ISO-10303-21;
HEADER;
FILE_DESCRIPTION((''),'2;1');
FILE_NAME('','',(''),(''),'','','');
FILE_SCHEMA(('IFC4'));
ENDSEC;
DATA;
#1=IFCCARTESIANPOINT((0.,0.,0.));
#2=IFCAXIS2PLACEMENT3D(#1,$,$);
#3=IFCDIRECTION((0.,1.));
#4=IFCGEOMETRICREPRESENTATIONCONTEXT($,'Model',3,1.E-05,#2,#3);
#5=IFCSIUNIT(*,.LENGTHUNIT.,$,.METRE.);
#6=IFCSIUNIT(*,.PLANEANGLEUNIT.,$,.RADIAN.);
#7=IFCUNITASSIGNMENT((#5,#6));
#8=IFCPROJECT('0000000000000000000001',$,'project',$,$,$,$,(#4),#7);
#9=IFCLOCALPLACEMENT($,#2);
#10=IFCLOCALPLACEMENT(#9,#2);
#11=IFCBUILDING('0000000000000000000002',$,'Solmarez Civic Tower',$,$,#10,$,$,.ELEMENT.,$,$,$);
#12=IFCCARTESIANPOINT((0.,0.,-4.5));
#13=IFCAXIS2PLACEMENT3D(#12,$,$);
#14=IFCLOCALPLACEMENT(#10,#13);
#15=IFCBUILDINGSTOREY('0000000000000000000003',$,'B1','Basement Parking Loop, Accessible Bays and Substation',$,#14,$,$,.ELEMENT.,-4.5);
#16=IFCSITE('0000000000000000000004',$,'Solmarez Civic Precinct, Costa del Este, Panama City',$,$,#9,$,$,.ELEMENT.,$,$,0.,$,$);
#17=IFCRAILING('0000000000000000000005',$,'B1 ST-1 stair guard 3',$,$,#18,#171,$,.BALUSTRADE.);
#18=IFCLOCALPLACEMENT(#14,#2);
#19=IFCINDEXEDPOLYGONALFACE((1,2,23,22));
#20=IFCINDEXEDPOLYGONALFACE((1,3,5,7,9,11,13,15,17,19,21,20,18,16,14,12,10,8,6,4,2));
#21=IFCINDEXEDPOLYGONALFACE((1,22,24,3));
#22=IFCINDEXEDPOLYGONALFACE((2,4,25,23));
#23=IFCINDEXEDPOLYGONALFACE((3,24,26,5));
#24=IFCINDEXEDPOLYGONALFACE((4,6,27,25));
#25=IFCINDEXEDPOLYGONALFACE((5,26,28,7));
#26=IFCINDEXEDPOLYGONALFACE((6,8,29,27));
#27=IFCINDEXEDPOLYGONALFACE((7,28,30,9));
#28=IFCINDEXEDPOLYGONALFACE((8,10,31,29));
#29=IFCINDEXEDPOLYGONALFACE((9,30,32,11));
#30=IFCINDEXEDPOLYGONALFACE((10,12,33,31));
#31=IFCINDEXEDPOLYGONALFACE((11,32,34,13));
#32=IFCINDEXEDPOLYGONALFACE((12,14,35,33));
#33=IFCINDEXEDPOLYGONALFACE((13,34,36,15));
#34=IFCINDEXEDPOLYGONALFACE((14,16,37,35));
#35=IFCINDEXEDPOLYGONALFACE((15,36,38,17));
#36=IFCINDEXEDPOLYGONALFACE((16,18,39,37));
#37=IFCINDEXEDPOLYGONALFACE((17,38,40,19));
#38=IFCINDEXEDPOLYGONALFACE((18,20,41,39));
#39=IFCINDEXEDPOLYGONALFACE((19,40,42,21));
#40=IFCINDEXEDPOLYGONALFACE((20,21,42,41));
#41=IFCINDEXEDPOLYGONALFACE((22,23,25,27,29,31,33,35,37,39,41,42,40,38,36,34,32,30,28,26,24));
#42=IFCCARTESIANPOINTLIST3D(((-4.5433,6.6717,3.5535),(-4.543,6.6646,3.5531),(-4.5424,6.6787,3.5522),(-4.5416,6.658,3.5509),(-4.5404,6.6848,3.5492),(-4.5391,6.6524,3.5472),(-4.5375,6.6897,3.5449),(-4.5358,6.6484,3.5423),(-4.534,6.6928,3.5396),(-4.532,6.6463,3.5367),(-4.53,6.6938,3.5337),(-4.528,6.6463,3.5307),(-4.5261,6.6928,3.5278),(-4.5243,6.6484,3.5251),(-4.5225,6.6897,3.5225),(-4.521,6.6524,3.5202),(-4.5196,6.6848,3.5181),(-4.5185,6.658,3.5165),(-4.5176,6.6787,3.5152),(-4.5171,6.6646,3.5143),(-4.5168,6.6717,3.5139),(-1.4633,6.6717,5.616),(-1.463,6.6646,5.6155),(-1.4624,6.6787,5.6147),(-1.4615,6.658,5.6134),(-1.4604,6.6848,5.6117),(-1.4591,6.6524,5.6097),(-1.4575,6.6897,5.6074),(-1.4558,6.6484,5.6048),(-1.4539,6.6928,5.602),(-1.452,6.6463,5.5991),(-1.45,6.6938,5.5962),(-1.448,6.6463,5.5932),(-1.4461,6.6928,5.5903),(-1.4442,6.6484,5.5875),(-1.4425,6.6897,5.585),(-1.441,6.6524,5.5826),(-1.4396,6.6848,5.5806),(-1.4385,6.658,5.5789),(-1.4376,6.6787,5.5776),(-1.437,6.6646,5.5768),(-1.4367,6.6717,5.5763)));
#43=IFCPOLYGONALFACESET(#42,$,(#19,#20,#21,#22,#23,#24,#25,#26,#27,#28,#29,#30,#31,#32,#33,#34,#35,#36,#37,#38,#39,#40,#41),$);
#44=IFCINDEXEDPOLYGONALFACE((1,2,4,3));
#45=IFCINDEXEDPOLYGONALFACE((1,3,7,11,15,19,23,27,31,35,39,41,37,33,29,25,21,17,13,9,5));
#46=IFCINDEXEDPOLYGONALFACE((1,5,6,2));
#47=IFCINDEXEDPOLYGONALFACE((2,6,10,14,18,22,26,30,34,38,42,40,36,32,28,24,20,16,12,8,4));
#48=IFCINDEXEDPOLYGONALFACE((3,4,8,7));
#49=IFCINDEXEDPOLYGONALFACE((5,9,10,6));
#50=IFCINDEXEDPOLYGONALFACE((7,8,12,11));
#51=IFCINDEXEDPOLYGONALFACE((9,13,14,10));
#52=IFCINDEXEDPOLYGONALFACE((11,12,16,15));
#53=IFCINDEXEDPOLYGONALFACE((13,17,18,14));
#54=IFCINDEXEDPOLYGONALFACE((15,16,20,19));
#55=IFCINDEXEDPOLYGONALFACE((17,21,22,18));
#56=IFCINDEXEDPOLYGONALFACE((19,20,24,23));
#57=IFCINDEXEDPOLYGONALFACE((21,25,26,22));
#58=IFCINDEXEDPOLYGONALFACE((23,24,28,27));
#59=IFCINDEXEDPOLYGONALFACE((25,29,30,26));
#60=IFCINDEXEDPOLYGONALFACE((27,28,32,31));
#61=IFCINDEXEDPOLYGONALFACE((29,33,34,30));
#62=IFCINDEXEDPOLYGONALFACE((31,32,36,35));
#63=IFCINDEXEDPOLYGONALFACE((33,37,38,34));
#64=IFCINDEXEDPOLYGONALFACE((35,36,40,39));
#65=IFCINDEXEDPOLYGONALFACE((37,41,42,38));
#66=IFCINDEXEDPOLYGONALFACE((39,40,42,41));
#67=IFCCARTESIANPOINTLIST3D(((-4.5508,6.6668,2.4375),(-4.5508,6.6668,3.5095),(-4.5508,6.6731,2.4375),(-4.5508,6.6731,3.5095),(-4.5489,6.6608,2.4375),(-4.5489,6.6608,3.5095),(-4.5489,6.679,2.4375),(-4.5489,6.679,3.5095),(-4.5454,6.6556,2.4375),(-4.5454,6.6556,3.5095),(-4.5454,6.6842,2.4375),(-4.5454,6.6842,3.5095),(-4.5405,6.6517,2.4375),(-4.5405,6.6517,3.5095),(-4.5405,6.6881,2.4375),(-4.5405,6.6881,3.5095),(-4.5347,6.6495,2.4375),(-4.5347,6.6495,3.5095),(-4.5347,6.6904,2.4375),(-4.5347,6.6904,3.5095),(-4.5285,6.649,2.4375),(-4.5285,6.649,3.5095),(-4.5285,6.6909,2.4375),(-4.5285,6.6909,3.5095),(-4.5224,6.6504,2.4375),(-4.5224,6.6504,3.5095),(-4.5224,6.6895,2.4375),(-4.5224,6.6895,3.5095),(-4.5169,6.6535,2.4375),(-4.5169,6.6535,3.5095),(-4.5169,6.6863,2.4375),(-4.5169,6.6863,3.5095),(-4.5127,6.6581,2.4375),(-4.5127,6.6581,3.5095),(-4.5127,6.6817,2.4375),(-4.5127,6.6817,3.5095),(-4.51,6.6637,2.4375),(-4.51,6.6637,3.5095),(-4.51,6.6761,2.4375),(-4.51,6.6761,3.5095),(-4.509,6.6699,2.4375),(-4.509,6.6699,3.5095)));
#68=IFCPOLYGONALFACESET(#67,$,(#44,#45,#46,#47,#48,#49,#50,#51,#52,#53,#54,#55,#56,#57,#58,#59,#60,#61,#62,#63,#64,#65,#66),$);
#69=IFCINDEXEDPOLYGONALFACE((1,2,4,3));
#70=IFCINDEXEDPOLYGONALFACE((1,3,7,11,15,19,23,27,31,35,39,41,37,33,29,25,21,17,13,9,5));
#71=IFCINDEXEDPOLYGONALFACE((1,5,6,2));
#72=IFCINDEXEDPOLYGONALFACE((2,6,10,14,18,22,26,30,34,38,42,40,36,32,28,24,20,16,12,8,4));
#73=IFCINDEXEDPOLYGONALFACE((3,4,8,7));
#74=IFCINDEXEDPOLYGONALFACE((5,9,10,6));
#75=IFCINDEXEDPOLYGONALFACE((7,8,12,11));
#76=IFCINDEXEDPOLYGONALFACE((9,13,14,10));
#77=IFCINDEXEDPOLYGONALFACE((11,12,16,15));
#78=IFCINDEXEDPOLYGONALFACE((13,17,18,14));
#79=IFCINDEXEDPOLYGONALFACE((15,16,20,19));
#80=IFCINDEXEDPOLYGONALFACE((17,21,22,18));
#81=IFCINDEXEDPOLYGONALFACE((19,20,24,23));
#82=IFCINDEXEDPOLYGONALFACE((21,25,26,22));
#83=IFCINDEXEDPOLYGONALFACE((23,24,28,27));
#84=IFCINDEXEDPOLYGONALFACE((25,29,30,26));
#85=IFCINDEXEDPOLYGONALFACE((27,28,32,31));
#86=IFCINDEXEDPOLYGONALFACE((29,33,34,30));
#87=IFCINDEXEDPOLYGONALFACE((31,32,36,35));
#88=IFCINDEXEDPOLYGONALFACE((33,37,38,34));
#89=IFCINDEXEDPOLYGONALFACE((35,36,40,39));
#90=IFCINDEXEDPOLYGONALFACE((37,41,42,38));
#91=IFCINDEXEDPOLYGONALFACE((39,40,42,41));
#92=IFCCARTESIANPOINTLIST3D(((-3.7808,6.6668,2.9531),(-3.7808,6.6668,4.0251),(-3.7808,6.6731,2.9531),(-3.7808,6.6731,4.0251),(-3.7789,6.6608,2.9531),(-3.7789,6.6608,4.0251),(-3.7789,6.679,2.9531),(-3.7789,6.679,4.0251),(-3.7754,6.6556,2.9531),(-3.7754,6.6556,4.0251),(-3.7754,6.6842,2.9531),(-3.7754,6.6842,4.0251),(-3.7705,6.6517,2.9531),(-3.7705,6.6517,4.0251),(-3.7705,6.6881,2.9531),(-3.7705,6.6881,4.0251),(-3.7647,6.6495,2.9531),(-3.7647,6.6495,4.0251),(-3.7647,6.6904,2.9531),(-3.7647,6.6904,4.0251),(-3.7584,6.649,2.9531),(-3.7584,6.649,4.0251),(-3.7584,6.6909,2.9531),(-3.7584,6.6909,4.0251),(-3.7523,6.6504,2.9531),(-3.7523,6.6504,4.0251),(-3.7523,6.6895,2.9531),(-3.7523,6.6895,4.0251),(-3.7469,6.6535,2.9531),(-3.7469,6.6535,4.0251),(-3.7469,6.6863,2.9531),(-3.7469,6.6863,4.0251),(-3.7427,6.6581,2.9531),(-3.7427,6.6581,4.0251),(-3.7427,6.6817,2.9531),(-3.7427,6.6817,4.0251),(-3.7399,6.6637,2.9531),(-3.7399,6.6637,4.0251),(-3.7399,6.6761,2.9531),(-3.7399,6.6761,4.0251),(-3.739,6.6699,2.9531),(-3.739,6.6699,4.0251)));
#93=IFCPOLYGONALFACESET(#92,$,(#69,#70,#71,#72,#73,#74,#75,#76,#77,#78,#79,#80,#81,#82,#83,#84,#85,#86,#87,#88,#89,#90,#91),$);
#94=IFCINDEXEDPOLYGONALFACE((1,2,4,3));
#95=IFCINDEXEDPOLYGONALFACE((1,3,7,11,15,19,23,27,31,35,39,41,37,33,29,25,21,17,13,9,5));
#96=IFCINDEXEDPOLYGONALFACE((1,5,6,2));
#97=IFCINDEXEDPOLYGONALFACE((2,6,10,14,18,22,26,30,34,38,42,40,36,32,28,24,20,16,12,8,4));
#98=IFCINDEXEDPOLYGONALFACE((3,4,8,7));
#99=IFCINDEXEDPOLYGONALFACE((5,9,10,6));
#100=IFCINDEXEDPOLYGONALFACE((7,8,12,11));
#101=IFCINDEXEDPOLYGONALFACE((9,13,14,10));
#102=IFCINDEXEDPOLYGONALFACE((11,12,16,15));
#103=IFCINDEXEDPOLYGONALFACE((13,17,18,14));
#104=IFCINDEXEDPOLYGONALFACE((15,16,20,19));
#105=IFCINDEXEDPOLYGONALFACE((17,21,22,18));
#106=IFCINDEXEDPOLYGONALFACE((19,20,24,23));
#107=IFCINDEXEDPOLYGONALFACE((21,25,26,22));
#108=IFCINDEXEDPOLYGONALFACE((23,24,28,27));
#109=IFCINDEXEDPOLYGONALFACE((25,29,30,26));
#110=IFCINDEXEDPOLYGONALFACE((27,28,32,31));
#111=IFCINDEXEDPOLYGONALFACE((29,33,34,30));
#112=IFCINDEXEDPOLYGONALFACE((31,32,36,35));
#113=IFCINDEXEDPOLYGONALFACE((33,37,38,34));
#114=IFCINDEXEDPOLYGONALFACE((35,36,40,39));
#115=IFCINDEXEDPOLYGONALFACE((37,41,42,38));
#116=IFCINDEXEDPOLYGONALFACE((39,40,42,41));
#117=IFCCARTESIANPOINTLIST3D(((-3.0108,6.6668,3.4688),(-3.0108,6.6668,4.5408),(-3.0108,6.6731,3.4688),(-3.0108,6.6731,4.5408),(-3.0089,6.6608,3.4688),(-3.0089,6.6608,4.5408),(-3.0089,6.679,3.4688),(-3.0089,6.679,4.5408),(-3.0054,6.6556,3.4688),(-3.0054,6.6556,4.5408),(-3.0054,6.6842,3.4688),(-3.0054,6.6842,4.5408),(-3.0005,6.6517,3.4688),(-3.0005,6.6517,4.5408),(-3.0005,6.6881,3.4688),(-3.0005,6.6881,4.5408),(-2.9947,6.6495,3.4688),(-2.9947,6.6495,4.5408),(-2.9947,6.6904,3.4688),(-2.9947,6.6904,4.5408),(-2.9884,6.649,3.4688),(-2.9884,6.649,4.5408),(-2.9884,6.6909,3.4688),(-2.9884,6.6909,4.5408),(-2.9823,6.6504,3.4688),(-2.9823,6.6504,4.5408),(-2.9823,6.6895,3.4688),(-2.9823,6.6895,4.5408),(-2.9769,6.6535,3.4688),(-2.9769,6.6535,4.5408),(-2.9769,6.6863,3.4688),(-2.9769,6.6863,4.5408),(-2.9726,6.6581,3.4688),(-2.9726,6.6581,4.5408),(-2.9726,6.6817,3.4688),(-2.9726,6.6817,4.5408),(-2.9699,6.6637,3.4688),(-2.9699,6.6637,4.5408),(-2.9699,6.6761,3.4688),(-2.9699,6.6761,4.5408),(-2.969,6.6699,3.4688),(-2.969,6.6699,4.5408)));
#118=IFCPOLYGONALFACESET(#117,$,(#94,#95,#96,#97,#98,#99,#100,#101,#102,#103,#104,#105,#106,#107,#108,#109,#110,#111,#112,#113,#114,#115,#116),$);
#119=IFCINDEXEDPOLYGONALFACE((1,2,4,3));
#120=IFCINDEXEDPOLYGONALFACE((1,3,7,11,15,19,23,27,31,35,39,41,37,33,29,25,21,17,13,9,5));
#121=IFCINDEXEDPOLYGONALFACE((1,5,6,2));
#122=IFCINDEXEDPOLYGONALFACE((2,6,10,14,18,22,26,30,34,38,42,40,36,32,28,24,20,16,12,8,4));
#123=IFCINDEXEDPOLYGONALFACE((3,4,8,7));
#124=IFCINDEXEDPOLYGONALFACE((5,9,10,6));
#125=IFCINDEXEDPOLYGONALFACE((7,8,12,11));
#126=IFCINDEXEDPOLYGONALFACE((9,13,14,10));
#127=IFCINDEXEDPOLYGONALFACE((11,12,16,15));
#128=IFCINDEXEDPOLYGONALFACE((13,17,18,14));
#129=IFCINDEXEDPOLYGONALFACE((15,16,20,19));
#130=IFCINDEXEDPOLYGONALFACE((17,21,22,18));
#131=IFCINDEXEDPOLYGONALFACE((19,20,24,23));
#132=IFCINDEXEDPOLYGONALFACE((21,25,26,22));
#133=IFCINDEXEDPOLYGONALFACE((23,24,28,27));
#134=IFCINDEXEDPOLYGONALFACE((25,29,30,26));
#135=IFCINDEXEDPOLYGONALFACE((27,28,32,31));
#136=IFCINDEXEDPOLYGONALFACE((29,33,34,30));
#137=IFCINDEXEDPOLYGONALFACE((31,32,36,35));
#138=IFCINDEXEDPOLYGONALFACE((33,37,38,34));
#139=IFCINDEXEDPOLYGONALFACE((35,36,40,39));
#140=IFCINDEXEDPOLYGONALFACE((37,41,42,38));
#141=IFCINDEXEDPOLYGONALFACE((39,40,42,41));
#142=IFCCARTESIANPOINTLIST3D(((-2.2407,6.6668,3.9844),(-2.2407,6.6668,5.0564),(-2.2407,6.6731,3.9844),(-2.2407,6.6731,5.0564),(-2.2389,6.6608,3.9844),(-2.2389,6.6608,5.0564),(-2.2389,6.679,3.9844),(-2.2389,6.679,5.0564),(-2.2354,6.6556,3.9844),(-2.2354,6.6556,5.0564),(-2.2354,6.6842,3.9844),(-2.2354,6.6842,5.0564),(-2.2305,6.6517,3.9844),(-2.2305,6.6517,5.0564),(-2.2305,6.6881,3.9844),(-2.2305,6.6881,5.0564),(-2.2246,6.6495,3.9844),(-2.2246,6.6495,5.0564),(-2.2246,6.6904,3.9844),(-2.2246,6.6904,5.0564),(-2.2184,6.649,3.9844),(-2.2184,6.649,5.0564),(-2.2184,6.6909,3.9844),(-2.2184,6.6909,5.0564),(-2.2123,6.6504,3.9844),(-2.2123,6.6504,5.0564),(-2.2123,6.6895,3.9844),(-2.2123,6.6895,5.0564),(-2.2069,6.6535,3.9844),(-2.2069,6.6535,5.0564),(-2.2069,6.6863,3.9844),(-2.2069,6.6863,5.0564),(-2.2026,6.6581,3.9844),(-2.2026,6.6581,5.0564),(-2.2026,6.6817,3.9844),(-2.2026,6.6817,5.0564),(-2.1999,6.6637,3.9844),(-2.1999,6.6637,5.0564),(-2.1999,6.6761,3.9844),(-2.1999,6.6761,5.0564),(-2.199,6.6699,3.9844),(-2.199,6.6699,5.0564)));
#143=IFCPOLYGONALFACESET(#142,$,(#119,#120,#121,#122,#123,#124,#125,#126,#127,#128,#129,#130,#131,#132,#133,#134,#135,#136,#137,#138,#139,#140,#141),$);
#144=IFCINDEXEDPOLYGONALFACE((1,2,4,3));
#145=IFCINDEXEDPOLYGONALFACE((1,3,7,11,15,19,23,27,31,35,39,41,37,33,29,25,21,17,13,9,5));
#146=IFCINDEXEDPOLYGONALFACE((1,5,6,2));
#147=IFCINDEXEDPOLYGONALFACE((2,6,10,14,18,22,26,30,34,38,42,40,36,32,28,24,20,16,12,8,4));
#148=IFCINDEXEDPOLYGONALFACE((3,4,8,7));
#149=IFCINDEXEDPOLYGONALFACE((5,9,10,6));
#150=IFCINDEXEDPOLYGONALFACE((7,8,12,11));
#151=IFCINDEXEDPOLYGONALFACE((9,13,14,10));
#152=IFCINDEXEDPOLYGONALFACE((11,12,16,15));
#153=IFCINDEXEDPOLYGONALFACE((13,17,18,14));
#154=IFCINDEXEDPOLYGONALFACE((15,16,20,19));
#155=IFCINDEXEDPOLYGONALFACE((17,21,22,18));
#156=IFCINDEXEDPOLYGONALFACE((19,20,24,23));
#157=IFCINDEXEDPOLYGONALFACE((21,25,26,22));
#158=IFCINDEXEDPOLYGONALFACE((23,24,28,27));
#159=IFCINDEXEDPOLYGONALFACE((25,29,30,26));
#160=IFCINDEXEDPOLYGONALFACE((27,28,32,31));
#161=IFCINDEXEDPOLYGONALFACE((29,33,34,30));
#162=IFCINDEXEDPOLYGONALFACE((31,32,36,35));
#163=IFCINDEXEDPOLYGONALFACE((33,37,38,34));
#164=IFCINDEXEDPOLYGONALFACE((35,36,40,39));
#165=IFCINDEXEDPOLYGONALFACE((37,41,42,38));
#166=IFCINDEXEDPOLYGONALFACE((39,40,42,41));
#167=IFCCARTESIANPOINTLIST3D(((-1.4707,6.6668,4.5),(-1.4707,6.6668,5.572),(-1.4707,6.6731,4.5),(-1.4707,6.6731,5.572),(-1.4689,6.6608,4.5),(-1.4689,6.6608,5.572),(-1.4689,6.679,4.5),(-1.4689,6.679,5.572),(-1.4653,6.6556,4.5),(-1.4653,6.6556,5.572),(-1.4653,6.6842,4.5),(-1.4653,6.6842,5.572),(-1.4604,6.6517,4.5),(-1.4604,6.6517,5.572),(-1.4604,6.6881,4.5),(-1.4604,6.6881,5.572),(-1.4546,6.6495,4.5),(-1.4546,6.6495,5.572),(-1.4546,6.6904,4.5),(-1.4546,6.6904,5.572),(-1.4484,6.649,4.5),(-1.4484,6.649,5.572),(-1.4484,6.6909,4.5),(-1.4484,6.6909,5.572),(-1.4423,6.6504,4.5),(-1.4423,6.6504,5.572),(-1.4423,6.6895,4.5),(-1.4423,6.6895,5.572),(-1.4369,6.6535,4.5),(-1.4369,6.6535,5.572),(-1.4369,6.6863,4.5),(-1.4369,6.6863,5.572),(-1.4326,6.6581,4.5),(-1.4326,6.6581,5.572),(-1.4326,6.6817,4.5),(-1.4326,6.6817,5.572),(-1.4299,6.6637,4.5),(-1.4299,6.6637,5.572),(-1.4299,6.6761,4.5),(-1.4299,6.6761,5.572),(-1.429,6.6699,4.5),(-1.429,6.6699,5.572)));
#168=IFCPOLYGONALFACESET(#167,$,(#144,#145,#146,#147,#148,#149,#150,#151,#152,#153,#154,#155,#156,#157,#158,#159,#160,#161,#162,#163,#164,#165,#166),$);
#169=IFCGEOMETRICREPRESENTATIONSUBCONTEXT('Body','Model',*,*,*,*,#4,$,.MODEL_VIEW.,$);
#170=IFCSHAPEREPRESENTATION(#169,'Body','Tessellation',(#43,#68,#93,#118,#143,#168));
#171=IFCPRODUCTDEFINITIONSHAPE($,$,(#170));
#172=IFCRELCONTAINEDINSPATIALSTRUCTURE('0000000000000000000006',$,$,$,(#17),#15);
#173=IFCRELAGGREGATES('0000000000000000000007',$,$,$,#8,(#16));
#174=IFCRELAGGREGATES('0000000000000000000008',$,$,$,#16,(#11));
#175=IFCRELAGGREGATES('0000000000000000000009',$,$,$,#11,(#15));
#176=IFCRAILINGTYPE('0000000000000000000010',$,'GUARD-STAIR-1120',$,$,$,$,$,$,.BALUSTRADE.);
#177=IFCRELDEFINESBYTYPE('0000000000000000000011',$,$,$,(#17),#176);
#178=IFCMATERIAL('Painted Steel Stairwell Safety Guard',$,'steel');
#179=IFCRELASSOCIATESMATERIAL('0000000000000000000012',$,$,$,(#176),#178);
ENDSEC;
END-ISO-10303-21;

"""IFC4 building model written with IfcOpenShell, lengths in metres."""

from ifc_helpers import new_model, si_unit, direction, frame, origin, origin_2d, place, context, subcontext, project, spatial, circle, extrude, material, type_object, element, save


model = new_model("IFC4")

# Units and contexts
model_context = context("Model", 3, precision=1e-05, world=origin(), true_north=direction((0.0, 1.0)))
body_context = subcontext(model_context, "Body", "Model", "MODEL_VIEW")
ifc_project = project(units=[si_unit("LENGTHUNIT", "METRE"), si_unit("PLANEANGLEUNIT", "RADIAN")], contexts=[model_context])

# Site, building, storey
site_placement = place(None, origin())
site = spatial("IfcSite", under=ifc_project, at=site_placement, Name="Solmarez Civic Precinct, Costa del Este, Panama City", CompositionType="ELEMENT", RefElevation=0.0)
building_placement = place(site_placement, origin())
building = spatial("IfcBuilding", under=site, at=building_placement, Name="Solmarez Civic Tower", CompositionType="ELEMENT")
storey_placement = place(building_placement, frame((0.0, 0.0, -4.5)))
storey = spatial("IfcBuildingStorey", under=building, at=storey_placement, Name="B1", Description="Basement Parking Loop, Accessible Bays and Substation", CompositionType="ELEMENT", Elevation=-4.5)

# Railing
ifc_material_1 = material(Name="Painted Steel Stairwell Safety Guard", Category="steel")
railing_type_1 = type_object("IfcRailingType", Name="GUARD-STAIR-1120", PredefinedType="BALUSTRADE", material=ifc_material_1)
railing_1_placement = place(storey_placement, frame((-4.53, 6.6699, 2.4375)))
element("IfcRailing", 1, at=railing_1_placement, inside=storey, type_object=railing_type_1, Name="B1 ST-1 stair guard 3", PredefinedType="BALUSTRADE", context=body_context, shape_type="SweptSolid", body=[
    extrude(circle(Radius=0.0239, at=origin_2d()), frame((0.0, 0.0, 1.0962), z_axis=(0.830914, 0.0, 0.556401), x_axis=(0.0, 1.0, 0.0)), (0.0, 0.0, 1.0), 3.7068),
    extrude(circle(Radius=0.021, at=origin_2d()), origin(), (0.0, 0.0, 1.0), 1.072),
    extrude(circle(Radius=0.021, at=origin_2d()), frame((0.77, 0.0, 0.5156)), (0.0, 0.0, 1.0), 1.072),
    extrude(circle(Radius=0.021, at=origin_2d()), frame((1.54, 0.0, 1.0312)), (0.0, 0.0, 1.0), 1.072),
    extrude(circle(Radius=0.021, at=origin_2d()), frame((2.3101, 0.0, 1.5469)), (0.0, 0.0, 1.0), 1.072),
    extrude(circle(Radius=0.021, at=origin_2d()), frame((3.0801, 0.0, 2.0625)), (0.0, 0.0, 1.0), 1.072),
])

save(model, "model.ifc")
